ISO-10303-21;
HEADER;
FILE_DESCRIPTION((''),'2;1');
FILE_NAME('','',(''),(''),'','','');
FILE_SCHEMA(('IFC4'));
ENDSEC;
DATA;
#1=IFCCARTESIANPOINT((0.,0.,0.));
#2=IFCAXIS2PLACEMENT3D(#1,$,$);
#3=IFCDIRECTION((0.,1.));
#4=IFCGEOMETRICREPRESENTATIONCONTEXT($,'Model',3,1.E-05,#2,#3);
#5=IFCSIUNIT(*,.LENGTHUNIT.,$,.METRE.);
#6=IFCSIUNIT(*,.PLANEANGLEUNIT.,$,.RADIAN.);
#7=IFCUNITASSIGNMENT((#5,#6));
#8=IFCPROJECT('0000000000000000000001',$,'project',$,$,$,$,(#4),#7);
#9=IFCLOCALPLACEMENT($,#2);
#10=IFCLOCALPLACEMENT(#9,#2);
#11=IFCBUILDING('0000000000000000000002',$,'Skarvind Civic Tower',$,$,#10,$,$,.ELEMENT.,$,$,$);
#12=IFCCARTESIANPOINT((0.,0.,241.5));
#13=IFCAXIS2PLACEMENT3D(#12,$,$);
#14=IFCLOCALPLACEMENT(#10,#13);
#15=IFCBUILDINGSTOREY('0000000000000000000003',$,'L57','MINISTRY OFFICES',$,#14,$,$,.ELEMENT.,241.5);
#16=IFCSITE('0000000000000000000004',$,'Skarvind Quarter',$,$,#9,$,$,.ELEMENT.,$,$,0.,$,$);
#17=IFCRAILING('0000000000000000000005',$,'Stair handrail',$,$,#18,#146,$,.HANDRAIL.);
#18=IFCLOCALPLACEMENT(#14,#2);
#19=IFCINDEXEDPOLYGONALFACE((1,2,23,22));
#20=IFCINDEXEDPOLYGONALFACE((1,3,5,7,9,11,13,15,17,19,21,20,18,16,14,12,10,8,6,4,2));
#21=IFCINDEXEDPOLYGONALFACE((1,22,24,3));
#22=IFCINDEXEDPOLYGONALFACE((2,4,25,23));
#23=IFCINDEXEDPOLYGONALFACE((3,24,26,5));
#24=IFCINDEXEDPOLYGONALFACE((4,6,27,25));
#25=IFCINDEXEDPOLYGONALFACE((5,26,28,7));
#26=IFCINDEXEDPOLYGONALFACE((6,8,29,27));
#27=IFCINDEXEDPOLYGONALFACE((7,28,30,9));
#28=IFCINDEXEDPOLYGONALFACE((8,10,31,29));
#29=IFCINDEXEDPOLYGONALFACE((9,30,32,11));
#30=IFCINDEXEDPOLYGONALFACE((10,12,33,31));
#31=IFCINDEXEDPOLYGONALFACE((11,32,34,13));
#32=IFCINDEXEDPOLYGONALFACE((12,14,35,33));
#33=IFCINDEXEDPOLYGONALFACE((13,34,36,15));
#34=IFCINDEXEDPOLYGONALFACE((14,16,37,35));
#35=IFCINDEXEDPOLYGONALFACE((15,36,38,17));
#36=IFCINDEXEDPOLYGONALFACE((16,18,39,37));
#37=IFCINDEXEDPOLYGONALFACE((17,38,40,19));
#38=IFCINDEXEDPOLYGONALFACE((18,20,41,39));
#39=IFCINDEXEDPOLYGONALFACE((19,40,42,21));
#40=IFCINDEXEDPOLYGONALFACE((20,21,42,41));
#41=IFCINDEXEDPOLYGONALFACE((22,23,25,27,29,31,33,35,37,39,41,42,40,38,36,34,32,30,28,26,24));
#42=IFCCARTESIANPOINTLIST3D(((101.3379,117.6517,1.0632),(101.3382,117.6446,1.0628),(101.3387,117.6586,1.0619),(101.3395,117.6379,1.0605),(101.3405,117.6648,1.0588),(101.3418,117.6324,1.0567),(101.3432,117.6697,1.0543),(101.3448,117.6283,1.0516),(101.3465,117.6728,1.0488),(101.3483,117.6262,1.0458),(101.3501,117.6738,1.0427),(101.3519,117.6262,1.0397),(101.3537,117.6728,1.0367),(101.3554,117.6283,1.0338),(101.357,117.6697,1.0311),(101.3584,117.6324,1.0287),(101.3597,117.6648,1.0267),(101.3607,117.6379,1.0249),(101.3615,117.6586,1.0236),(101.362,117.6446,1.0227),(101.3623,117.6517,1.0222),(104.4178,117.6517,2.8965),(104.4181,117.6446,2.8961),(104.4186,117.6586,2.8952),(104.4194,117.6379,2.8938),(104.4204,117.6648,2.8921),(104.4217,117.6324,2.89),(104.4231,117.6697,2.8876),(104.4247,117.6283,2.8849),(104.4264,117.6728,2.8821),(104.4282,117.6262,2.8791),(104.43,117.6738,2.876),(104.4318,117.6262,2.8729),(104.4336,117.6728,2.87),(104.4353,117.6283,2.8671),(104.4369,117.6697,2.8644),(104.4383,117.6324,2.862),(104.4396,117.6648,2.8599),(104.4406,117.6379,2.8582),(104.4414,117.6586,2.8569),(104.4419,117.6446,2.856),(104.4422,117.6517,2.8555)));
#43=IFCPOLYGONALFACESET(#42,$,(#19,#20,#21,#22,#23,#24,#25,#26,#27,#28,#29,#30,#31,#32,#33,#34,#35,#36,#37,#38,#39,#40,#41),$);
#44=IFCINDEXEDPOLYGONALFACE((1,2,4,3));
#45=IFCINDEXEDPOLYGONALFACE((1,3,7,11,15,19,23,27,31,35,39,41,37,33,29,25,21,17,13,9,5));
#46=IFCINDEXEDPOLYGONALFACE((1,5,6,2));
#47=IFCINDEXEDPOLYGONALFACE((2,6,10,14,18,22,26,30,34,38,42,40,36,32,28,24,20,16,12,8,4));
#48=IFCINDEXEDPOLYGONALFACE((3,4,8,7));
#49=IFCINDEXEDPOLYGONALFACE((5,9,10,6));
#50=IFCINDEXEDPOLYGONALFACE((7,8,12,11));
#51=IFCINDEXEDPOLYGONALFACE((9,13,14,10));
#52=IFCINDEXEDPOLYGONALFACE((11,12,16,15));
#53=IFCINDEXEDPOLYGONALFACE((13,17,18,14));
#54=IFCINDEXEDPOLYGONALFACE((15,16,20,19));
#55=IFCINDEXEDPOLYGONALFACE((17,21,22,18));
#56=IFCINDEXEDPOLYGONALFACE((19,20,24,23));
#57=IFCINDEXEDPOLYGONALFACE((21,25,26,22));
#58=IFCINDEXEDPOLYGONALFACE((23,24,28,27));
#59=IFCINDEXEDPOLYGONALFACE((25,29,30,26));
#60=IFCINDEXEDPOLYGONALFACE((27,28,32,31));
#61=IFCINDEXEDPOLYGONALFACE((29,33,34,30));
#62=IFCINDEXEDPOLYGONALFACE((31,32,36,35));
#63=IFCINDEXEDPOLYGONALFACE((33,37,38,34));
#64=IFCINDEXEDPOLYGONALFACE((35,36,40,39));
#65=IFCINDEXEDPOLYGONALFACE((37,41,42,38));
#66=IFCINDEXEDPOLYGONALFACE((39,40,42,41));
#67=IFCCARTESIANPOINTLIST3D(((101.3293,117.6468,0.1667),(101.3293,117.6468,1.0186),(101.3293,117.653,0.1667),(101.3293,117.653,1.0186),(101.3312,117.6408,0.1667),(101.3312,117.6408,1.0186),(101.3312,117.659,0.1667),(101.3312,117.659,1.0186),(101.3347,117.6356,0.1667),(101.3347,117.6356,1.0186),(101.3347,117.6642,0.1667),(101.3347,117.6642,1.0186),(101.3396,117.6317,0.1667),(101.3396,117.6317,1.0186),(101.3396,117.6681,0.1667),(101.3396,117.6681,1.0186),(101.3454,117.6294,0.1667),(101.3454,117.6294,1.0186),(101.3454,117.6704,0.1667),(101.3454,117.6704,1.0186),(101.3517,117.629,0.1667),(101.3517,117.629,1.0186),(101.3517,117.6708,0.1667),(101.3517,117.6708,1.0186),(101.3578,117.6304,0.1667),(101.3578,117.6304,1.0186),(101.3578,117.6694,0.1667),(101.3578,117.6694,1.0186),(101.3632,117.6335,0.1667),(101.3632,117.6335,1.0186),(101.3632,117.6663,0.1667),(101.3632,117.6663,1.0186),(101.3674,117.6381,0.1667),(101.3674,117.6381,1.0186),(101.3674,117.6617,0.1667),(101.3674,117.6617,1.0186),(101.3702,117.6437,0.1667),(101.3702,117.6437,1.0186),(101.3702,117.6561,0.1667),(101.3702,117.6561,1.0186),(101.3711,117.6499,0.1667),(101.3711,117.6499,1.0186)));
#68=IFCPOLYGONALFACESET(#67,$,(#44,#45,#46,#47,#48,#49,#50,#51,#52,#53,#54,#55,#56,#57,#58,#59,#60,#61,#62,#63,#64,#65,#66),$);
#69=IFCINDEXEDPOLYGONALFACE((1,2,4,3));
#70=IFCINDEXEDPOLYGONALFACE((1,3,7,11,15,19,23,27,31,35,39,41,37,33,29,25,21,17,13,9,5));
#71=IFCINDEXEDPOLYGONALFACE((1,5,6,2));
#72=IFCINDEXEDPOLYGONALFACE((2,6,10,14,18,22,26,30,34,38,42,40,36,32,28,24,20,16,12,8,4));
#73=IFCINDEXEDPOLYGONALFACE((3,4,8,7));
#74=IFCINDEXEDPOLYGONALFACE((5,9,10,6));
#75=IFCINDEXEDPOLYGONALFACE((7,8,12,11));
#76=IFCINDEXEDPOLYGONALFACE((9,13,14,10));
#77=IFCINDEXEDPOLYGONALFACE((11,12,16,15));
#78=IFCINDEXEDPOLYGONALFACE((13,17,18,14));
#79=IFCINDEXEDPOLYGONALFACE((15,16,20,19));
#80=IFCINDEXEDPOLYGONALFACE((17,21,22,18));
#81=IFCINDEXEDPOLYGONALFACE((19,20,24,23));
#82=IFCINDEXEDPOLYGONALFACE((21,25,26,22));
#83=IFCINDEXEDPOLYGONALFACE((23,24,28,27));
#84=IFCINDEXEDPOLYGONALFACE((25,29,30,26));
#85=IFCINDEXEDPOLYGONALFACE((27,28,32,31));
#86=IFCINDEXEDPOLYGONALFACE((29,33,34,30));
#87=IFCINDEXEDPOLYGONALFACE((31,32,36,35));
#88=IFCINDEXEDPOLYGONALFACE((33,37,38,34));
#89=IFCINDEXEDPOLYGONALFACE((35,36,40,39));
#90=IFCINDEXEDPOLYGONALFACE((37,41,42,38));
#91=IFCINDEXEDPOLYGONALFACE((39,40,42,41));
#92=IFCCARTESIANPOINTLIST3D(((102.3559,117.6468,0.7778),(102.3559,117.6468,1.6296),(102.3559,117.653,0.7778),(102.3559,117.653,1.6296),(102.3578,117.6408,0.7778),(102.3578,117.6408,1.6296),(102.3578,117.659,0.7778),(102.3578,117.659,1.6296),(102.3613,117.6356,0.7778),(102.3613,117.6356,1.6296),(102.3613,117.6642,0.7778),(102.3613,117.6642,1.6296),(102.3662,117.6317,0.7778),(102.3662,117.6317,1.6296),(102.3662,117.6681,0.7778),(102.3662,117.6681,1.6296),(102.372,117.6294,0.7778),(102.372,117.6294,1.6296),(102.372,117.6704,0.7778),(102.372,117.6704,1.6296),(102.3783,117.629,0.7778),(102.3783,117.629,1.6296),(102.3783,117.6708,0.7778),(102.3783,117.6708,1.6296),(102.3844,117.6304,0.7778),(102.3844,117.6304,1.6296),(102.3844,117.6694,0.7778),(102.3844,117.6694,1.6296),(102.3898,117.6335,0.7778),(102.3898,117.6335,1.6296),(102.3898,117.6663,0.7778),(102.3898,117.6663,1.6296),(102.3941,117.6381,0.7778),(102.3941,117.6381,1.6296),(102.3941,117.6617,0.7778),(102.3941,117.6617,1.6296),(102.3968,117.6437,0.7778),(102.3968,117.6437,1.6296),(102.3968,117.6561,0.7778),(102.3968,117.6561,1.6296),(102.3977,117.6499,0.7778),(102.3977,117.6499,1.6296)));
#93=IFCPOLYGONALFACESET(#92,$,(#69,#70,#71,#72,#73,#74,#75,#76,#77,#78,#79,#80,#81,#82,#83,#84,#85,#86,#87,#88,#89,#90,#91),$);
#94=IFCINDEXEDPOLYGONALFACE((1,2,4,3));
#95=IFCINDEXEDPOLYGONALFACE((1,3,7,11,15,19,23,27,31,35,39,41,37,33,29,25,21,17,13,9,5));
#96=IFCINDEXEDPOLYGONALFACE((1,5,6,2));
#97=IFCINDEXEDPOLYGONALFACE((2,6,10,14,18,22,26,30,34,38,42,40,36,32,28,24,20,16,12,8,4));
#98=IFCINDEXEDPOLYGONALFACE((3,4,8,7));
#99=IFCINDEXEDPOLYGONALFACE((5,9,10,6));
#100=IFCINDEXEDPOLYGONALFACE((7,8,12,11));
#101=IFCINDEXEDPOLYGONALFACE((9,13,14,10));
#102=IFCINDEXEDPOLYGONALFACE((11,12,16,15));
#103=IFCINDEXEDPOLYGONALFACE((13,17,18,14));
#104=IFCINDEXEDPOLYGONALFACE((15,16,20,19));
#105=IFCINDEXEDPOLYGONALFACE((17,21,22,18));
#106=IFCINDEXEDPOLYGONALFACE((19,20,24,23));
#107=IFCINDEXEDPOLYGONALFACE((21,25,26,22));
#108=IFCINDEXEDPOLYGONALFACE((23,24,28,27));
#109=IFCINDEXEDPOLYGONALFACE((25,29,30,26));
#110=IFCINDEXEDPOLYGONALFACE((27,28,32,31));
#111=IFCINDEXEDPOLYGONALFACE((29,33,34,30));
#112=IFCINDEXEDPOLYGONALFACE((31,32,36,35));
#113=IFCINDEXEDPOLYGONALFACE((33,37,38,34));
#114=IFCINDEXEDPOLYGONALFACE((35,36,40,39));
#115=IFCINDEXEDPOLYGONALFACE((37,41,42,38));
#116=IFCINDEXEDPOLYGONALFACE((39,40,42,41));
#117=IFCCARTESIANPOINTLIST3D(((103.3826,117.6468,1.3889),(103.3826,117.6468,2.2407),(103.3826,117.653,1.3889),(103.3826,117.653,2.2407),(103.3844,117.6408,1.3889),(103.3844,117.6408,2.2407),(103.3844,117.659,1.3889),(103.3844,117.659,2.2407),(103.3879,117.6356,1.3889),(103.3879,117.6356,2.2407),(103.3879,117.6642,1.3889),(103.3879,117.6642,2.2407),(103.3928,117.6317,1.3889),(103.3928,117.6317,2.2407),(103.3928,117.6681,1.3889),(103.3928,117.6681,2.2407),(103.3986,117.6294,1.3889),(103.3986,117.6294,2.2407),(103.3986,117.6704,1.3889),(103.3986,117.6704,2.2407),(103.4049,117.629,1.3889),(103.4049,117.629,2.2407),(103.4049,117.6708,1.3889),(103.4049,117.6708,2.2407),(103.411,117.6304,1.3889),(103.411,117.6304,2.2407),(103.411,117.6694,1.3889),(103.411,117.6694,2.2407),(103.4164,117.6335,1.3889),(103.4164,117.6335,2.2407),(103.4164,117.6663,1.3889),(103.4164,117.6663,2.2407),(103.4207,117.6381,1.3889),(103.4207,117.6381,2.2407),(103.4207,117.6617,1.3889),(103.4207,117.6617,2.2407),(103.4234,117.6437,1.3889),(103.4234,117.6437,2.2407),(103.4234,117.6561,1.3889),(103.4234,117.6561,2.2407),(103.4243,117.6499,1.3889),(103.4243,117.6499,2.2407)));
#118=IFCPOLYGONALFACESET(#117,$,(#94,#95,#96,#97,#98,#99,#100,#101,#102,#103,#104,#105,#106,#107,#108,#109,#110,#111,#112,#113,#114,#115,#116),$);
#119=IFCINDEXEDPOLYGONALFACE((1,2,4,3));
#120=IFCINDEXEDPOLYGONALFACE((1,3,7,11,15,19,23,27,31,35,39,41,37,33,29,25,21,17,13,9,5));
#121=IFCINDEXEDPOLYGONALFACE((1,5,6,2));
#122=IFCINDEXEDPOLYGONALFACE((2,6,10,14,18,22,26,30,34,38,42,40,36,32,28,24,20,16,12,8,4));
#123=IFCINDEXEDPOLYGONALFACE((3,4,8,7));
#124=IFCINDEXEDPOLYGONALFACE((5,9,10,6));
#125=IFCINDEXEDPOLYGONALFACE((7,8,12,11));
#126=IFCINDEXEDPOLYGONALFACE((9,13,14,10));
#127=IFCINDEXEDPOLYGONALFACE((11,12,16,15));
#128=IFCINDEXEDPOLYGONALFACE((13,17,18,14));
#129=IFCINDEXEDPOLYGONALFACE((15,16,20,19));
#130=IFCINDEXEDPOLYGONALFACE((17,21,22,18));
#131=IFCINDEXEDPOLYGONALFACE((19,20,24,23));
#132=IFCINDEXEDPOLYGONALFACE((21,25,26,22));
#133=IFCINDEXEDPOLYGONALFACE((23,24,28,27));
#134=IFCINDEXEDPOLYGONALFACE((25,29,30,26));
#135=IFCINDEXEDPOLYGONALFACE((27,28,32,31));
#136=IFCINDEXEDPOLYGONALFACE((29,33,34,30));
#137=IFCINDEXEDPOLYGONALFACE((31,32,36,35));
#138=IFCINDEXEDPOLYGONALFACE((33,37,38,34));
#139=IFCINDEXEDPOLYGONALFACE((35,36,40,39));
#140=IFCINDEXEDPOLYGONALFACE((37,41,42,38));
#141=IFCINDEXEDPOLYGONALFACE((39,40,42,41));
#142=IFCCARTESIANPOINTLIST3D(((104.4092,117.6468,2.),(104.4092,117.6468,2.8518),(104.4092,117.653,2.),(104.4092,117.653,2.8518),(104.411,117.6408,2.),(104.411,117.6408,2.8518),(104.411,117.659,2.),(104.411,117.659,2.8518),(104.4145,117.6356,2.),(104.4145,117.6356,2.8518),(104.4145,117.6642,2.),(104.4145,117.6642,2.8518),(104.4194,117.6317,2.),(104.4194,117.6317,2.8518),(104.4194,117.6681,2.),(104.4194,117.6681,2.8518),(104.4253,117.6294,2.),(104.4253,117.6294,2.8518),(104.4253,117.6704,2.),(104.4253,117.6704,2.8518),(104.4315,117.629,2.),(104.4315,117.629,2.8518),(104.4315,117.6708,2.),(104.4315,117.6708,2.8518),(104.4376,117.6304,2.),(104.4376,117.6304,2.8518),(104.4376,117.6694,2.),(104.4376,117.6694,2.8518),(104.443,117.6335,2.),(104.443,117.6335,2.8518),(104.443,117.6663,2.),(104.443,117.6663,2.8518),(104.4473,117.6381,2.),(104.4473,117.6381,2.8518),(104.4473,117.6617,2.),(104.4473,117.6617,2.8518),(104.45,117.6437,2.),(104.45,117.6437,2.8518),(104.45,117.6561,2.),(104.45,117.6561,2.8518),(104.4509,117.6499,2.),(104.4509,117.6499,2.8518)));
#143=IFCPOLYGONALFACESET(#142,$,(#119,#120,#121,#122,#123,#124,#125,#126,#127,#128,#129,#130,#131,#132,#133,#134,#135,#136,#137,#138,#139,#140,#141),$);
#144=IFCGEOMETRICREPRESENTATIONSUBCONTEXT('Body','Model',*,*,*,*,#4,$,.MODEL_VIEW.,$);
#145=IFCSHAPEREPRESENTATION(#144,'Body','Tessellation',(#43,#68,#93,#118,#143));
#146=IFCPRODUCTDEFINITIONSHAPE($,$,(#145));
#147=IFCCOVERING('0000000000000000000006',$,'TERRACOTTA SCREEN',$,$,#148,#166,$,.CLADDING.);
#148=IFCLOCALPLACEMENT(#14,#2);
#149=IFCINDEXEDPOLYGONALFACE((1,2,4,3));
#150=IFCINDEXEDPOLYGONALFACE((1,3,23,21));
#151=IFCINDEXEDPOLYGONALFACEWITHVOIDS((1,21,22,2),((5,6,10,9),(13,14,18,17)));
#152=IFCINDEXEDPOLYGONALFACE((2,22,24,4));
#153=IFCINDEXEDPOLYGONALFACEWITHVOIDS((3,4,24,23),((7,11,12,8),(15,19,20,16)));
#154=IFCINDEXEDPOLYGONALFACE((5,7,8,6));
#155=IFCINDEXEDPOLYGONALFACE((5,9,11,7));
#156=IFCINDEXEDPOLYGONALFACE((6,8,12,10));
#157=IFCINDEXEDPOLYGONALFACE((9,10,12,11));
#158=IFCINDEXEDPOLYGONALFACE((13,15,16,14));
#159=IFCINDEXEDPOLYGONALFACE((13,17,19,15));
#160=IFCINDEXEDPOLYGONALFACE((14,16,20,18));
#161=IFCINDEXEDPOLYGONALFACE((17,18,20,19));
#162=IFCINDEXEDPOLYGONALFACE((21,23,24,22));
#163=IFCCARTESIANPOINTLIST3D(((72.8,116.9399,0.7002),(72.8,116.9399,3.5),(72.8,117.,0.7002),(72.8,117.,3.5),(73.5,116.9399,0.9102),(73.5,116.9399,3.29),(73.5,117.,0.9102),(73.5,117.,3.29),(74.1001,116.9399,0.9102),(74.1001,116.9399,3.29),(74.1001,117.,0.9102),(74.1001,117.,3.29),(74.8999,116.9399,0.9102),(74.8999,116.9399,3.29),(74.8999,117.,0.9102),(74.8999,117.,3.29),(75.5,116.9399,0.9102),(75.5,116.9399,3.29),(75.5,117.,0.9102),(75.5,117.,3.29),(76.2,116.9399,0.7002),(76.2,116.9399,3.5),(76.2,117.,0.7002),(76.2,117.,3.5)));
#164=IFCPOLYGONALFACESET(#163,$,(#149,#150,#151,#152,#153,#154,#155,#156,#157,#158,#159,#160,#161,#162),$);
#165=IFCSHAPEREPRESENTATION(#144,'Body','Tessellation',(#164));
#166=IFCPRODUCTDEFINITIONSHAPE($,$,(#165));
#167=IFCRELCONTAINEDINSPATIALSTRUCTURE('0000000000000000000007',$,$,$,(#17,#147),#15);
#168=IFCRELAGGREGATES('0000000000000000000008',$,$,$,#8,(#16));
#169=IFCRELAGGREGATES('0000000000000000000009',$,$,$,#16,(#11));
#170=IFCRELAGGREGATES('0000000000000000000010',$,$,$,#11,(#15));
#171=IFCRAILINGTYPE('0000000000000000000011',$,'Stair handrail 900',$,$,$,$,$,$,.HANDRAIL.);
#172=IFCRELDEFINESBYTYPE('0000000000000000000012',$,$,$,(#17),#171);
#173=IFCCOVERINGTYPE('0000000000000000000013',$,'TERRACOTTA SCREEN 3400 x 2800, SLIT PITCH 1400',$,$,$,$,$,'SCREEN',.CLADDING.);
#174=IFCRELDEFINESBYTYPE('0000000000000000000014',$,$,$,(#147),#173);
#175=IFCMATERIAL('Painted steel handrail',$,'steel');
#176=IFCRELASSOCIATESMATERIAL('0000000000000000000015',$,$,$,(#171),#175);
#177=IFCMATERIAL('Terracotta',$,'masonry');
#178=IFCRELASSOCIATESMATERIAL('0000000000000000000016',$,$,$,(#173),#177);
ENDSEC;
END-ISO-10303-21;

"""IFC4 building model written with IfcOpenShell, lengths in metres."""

from ifc_helpers import new_model, si_unit, direction, frame, origin, origin_2d, place, context, subcontext, project, spatial, polyline, circle, outline, extrude, material, material_profile, profile_set, type_object, element, save


model = new_model("IFC4")

# Units and contexts
model_context = context("Model", 3, precision=1e-05, world=origin(), true_north=direction((0.0, 1.0)))
body_context = subcontext(model_context, "Body", "Model", "MODEL_VIEW")
ifc_project = project(units=[si_unit("LENGTHUNIT", "METRE"), si_unit("PLANEANGLEUNIT", "RADIAN")], contexts=[model_context])

# Site, building, storey
site_placement = place(None, origin())
site = spatial("IfcSite", under=ifc_project, at=site_placement, Name="Skarvind Quarter", CompositionType="ELEMENT", RefElevation=0.0)
building_placement = place(site_placement, origin())
building = spatial("IfcBuilding", under=site, at=building_placement, Name="Skarvind Civic Tower", CompositionType="ELEMENT")
storey_placement = place(building_placement, frame((0.0, 0.0, 241.5)))
storey = spatial("IfcBuildingStorey", under=building, at=storey_placement, Name="L57", Description="MINISTRY OFFICES", CompositionType="ELEMENT", Elevation=241.5)

# Railing
ifc_material_1 = material(Name="Painted steel handrail", Category="steel")
railing_type = type_object("IfcRailingType", Name="Stair handrail 900", PredefinedType="HANDRAIL", material=ifc_material_1)
railing_placement = place(storey_placement, frame((101.3501, 117.6499, 0.1667)))
element("IfcRailing", 1, at=railing_placement, inside=storey, type_object=railing_type, Name="Stair handrail", PredefinedType="HANDRAIL", context=body_context, shape_type="SweptSolid", body=[
    extrude(circle(Radius=0.0239, at=origin_2d()), frame((0.0, 0.0, 0.876), z_axis=(0.859291, 0.0, 0.511487), x_axis=(0.0, 1.0, 0.0)), (0.0, 0.0, 1.0), 3.5842),
    extrude(circle(Radius=0.021, at=origin_2d()), origin(), (0.0, 0.0, 1.0), 0.8518),
    extrude(circle(Radius=0.021, at=origin_2d()), frame((1.0266, 0.0, 0.6111)), (0.0, 0.0, 1.0), 0.8518),
    extrude(circle(Radius=0.021, at=origin_2d()), frame((2.0532, 0.0, 1.2222)), (0.0, 0.0, 1.0), 0.8518),
    extrude(circle(Radius=0.021, at=origin_2d()), frame((3.0798, 0.0, 1.8333)), (0.0, 0.0, 1.0), 0.8518),
])

# Covering
ifc_material_2 = material(Name="Terracotta", Category="masonry")
ifc_material_profile_1 = material_profile(ifc_material_2, outline(polyline([(-1.7, -1.3999), (1.7, -1.3999), (1.7, 1.3999), (-1.7, 1.3999), (-1.7, -1.3999)]), holes=[polyline([(-1.0, -1.1899), (-0.3999, -1.1899), (-0.3999, 1.1899), (-1.0, 1.1899), (-1.0, -1.1899)]), polyline([(0.3999, -1.1899), (1.0, -1.1899), (1.0, 1.1899), (0.3999, 1.1899), (0.3999, -1.1899)])]), Name="TERRACOTTA SCREEN 3400 x 2800, SLIT PITCH 1400")
ifc_profile_set_1 = profile_set([ifc_material_profile_1], Name="Terracotta")
covering_type = type_object("IfcCoveringType", Name="TERRACOTTA SCREEN 3400 x 2800, SLIT PITCH 1400", ElementType="SCREEN", PredefinedType="CLADDING", material=ifc_profile_set_1)
covering_placement = place(storey_placement, frame((74.5, 117.0, 2.1001), z_axis=(0.0, -1.0, 0.0), x_axis=(1.0, 0.0, 0.0)))
element("IfcCovering", 2, at=covering_placement, inside=storey, type_object=covering_type, Name="TERRACOTTA SCREEN", PredefinedType="CLADDING", context=body_context, shape_type="SweptSolid", body=[
    extrude(outline(polyline([(-1.7, -1.3999), (1.7, -1.3999), (1.7, 1.3999), (-1.7, 1.3999), (-1.7, -1.3999)]), holes=[polyline([(-1.0, -1.1899), (-0.3999, -1.1899), (-0.3999, 1.1899), (-1.0, 1.1899), (-1.0, -1.1899)]), polyline([(0.3999, -1.1899), (1.0, -1.1899), (1.0, 1.1899), (0.3999, 1.1899), (0.3999, -1.1899)])]), origin(), (0.0, 0.0, 1.0), 0.0601),
])

save(model, "model.ifc")
